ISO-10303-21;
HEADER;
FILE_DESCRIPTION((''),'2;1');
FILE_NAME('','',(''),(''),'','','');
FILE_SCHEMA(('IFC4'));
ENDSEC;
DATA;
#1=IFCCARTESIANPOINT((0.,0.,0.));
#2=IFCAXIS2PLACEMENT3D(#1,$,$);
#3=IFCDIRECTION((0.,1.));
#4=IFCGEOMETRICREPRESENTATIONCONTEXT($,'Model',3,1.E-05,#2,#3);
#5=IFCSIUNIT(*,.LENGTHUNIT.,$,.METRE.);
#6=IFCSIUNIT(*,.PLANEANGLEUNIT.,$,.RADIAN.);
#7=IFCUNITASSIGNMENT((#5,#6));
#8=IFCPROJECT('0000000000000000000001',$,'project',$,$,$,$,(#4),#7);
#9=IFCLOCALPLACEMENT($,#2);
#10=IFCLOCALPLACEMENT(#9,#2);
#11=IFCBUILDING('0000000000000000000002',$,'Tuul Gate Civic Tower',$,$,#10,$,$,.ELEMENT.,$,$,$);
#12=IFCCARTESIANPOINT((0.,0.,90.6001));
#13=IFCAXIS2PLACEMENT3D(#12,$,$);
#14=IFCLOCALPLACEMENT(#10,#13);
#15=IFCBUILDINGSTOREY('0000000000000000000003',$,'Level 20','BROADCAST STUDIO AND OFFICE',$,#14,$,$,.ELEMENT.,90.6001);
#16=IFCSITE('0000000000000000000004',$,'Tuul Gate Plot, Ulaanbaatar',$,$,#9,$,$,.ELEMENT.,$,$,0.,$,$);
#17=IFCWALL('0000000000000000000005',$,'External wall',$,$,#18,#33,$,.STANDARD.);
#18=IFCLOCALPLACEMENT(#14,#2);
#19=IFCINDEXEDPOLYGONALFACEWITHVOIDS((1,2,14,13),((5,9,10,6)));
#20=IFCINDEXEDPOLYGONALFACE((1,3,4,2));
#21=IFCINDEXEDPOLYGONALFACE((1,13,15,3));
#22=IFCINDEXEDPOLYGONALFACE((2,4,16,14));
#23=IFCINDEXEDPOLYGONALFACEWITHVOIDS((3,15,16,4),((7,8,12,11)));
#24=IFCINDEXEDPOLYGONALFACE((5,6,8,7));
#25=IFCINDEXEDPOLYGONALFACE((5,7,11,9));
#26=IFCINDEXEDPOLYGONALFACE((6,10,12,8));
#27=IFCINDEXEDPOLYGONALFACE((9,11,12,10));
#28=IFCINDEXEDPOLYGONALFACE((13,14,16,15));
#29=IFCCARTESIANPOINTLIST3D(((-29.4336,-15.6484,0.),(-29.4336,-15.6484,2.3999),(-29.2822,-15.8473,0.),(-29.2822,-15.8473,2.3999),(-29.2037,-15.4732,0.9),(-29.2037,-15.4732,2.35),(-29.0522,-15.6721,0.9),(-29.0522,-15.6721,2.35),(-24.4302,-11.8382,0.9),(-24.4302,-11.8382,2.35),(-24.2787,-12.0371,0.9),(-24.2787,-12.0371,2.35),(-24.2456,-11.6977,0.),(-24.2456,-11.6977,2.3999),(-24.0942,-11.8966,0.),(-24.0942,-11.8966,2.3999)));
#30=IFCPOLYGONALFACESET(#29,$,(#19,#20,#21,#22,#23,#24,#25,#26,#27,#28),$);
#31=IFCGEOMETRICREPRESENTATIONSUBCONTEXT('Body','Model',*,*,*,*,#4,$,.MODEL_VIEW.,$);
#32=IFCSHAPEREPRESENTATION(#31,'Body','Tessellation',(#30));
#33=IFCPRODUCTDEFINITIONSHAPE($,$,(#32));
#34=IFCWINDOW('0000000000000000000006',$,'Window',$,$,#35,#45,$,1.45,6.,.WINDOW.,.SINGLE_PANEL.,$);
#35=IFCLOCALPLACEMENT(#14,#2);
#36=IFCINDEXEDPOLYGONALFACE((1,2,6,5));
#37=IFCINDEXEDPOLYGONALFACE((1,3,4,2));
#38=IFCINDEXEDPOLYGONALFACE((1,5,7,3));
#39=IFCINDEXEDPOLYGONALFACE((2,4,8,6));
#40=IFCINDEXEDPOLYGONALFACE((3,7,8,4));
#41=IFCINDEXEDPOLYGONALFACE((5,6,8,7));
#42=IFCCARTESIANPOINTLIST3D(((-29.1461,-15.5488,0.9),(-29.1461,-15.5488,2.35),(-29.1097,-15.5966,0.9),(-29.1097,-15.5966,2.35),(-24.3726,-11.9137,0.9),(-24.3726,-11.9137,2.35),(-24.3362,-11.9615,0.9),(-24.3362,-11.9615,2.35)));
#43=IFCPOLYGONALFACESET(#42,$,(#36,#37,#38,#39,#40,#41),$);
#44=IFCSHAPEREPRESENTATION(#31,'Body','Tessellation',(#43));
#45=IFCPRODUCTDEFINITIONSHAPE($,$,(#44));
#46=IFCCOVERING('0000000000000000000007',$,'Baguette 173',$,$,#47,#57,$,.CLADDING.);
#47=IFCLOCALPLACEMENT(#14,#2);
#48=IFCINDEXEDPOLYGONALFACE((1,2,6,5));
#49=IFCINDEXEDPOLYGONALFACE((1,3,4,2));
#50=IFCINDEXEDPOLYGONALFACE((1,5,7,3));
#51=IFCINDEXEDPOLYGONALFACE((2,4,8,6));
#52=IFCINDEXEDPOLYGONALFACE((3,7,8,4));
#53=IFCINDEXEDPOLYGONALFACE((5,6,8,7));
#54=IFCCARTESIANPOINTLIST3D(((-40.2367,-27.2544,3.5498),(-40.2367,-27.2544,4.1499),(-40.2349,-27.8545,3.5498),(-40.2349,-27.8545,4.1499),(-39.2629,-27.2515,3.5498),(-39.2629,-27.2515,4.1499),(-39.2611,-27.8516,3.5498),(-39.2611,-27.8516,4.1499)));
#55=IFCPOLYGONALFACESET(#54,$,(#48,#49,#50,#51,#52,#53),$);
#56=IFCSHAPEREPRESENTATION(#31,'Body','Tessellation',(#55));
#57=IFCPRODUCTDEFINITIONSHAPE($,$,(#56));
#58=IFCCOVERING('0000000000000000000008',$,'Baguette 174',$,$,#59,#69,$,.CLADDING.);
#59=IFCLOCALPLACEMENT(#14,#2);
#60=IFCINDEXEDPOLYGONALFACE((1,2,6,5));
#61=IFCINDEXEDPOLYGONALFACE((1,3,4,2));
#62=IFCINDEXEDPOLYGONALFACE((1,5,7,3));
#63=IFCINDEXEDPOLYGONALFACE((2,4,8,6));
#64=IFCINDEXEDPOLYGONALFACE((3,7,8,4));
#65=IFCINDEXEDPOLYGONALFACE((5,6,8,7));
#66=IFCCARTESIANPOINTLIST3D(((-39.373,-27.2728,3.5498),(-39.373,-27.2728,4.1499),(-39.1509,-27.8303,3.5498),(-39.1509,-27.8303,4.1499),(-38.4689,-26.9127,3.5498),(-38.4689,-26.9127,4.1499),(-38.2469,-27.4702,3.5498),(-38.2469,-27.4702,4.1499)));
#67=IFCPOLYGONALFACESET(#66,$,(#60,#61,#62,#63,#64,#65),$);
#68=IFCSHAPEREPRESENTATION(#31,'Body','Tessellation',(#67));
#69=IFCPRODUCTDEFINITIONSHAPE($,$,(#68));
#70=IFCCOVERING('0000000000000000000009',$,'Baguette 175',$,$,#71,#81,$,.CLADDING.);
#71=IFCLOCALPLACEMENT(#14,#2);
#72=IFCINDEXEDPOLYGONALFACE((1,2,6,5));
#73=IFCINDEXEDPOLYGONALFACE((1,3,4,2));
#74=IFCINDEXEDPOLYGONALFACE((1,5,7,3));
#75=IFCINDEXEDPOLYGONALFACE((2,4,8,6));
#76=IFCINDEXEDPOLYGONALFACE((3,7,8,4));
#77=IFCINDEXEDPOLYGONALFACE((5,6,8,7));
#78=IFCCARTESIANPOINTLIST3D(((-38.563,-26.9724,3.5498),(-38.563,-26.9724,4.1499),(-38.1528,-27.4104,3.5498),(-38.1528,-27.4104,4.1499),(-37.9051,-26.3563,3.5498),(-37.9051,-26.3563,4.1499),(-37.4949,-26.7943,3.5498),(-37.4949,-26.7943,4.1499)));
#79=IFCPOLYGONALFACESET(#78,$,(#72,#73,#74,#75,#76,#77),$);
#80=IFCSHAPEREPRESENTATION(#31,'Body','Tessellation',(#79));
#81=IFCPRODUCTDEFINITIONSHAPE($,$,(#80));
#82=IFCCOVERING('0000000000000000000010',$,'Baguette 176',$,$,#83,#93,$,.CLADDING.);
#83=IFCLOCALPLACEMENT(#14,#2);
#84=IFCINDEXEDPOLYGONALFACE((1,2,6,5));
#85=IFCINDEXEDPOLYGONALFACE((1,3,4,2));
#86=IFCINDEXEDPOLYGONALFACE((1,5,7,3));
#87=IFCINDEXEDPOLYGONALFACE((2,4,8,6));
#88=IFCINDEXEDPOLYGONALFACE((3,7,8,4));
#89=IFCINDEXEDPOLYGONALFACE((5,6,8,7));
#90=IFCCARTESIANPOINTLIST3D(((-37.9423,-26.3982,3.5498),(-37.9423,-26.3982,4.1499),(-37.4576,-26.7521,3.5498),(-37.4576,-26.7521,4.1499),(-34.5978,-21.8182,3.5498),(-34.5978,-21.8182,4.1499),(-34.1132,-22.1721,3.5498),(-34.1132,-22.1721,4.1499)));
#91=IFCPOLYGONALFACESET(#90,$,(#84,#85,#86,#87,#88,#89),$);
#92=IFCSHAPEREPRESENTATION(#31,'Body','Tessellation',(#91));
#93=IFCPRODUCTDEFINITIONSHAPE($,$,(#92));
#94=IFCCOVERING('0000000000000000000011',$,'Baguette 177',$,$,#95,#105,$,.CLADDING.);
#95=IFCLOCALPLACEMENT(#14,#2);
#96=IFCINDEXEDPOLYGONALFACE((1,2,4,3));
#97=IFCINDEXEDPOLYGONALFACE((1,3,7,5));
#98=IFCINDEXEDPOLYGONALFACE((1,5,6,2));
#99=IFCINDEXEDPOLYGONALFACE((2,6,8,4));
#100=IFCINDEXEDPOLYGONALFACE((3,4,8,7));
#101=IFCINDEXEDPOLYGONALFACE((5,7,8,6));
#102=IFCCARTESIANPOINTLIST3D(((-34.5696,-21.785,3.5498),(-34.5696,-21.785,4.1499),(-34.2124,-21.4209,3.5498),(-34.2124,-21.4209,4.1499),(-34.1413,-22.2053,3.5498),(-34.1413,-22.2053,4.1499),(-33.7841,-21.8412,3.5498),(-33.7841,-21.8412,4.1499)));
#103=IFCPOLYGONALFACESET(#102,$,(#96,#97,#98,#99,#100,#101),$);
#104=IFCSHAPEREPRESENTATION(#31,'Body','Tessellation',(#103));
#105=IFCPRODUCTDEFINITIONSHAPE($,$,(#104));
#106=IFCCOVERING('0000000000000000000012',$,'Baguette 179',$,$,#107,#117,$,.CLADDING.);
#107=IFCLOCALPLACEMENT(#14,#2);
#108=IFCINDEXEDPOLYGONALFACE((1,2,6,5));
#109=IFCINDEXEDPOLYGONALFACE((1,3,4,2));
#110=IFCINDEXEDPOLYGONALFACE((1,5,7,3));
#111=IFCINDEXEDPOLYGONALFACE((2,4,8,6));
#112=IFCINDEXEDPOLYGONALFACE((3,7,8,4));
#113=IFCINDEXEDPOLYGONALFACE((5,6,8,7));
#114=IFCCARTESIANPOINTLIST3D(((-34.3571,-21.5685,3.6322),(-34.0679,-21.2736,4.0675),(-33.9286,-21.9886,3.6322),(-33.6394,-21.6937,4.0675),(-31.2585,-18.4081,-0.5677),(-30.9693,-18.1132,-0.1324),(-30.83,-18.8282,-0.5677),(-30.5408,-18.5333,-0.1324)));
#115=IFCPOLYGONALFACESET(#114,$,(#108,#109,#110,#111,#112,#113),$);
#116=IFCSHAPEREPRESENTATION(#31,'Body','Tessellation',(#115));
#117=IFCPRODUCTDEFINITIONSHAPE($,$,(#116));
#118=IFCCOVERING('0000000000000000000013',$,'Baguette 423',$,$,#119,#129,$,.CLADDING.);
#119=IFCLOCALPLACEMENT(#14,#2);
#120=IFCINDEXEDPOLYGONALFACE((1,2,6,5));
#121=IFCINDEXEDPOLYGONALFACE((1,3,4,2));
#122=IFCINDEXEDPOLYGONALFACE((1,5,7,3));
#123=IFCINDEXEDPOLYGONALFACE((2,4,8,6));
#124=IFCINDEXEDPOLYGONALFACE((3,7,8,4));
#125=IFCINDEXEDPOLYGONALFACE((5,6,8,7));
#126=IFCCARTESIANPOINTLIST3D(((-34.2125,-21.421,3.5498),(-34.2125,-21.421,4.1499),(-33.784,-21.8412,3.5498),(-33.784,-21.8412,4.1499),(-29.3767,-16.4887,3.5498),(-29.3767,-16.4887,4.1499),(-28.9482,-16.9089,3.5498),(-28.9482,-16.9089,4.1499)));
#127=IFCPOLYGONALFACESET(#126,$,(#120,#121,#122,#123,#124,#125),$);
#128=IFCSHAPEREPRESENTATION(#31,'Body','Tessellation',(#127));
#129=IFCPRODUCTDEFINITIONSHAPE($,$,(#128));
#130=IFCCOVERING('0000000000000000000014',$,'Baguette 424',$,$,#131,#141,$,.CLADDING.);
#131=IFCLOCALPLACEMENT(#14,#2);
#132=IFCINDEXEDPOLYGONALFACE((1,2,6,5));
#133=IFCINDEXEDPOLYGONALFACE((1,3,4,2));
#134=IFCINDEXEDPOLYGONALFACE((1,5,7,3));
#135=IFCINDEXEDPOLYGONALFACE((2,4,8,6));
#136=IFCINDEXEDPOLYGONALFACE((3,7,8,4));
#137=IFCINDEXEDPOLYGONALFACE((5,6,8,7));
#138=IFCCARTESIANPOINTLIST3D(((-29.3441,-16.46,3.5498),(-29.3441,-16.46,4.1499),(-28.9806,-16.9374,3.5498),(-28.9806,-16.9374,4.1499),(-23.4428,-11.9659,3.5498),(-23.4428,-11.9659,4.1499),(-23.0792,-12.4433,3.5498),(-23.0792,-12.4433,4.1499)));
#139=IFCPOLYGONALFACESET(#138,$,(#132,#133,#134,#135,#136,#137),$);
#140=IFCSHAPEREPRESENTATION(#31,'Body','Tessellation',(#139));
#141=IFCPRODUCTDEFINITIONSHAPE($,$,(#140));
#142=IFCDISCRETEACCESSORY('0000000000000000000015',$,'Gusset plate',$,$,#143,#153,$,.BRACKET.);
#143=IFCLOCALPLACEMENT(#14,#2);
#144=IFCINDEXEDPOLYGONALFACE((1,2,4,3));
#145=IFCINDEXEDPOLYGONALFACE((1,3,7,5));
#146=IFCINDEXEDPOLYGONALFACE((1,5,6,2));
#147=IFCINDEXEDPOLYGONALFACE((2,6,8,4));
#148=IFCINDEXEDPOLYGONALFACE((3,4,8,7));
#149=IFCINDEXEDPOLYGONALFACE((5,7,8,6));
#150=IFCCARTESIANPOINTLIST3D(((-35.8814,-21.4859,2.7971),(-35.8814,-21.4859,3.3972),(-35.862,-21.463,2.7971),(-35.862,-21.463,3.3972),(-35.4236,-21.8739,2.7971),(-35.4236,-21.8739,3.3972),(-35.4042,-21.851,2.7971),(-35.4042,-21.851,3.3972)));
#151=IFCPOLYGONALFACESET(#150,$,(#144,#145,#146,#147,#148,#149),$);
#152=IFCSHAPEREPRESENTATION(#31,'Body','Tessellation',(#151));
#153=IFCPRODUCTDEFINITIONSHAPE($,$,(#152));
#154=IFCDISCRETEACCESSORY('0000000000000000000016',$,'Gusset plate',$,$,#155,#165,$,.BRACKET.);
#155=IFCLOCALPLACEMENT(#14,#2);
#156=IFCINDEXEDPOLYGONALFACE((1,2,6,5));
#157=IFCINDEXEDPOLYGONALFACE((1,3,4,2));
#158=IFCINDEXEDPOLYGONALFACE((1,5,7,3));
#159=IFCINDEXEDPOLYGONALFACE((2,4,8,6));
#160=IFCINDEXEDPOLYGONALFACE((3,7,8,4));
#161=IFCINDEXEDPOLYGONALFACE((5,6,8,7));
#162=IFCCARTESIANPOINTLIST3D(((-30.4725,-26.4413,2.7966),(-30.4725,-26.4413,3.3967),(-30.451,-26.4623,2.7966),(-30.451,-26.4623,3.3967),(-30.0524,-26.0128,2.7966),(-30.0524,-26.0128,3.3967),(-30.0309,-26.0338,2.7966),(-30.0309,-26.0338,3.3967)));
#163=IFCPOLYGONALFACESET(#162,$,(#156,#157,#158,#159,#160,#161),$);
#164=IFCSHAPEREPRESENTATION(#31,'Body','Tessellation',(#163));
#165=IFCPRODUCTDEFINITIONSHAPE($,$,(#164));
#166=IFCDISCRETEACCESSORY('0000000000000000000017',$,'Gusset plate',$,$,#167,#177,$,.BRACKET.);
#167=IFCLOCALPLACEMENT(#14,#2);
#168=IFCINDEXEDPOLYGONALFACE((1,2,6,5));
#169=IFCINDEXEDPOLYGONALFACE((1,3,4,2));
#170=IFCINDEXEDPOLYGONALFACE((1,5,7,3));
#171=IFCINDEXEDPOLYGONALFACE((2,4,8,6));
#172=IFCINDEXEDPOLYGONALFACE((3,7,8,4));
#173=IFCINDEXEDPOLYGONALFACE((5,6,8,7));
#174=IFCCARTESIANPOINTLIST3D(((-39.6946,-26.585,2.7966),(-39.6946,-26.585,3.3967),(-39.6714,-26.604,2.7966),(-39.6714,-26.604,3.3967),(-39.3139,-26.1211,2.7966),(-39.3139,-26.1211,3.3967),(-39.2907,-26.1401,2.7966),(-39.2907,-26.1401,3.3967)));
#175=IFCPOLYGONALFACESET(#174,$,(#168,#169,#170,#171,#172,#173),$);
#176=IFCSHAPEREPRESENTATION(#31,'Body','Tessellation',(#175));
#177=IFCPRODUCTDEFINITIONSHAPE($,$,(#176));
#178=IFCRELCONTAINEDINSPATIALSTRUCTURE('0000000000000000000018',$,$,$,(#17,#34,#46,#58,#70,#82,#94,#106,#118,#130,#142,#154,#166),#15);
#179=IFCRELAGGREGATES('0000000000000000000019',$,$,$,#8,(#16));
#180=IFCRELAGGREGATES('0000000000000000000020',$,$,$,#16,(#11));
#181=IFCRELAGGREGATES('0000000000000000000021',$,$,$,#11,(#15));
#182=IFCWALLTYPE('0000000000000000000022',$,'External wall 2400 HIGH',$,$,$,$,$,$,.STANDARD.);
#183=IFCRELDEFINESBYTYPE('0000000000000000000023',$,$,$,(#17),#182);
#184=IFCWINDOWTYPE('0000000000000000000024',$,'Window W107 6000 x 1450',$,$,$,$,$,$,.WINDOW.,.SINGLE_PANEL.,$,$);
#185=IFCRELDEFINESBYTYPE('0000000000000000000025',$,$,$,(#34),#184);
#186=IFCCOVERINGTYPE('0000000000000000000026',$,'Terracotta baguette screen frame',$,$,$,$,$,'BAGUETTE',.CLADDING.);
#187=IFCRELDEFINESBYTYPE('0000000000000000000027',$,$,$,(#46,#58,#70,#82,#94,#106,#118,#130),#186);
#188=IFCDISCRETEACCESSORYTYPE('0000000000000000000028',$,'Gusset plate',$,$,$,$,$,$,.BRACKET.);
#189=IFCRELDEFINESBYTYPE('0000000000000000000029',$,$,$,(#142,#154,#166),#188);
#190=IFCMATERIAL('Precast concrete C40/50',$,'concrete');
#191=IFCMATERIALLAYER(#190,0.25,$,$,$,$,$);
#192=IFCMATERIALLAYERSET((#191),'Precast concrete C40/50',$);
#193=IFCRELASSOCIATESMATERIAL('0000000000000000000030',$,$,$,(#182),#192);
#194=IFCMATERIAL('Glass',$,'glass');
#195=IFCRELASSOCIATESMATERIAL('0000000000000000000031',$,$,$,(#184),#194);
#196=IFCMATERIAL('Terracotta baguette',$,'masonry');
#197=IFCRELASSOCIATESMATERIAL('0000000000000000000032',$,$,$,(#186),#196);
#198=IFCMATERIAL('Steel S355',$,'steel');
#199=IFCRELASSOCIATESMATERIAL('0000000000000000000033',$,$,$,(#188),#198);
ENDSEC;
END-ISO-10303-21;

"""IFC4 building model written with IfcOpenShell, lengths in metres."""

from ifc_helpers import new_model, si_unit, direction, frame, frame_2d, origin, origin_2d, place, context, subcontext, project, spatial, rectangle, extrude, material, layer, layer_set, material_profile, profile_set, type_object, element, fill, save


model = new_model("IFC4")

# Units and contexts
model_context = context("Model", 3, precision=1e-05, world=origin(), true_north=direction((0.0, 1.0)))
body_context = subcontext(model_context, "Body", "Model", "MODEL_VIEW")
ifc_project = project(units=[si_unit("LENGTHUNIT", "METRE"), si_unit("PLANEANGLEUNIT", "RADIAN")], contexts=[model_context])

# Site, building, storey
site_placement = place(None, origin())
site = spatial("IfcSite", under=ifc_project, at=site_placement, Name="Tuul Gate Plot, Ulaanbaatar", CompositionType="ELEMENT", RefElevation=0.0)
building_placement = place(site_placement, origin())
building = spatial("IfcBuilding", under=site, at=building_placement, Name="Tuul Gate Civic Tower", CompositionType="ELEMENT")
storey_placement = place(building_placement, frame((0.0, 0.0, 90.6001)))
storey = spatial("IfcBuildingStorey", under=building, at=storey_placement, Name="Level 20", Description="BROADCAST STUDIO AND OFFICE", CompositionType="ELEMENT", Elevation=90.6001)

# Wall, opening, window
ifc_material_1 = material(Name="Precast concrete C40/50", Category="concrete")
ifc_layer_1 = layer(ifc_material_1, 0.25)
ifc_layer_set_1 = layer_set([ifc_layer_1], Name="Precast concrete C40/50")
wall_type_1 = type_object("IfcWallType", Name="External wall 2400 HIGH", PredefinedType="STANDARD", material=ifc_layer_set_1)
ifc_material_2 = material(Name="Glass", Category="glass")
window_type_1 = type_object("IfcWindowType", Name="Window W107 6000 x 1450", PartitioningType="SINGLE_PANEL", PredefinedType="WINDOW", material=ifc_material_2)
wall_1_placement = place(storey_placement, frame((-29.3579, -15.7478, 0.0), z_axis=(0.0, 0.0, 1.0), x_axis=(0.795585, 0.605842, 0.0)))
wall_1 = element("IfcWall", 1, at=wall_1_placement, inside=storey, type_object=wall_type_1, Name="External wall", PredefinedType="STANDARD", context=body_context, shape_type="SweptSolid", body=[
    extrude(rectangle(XDim=6.521, YDim=0.25, at=frame_2d((3.2605, 0.0))), origin(), (0.0, 0.0, 1.0), 2.3999),
])
opening_1_placement = place(wall_1_placement, frame((0.2891, 0.0, 0.8999)))
opening_1 = element("IfcOpeningElement", 2, at=opening_1_placement, cuts=wall_1, PredefinedType="OPENING", context=body_context, shape_type="SweptSolid", body=[
    extrude(rectangle(XDim=6.0, YDim=1.45, at=frame_2d((3.0, 0.7251))), frame((0.0, 0.135, 0.0), z_axis=(0.0, -1.0, 0.0), x_axis=(1.0, 0.0, 0.0)), (0.0, 0.0, 1.0), 0.27),
])
window_1_placement = place(opening_1_placement, origin())
window_1 = element("IfcWindow", 3, at=window_1_placement, inside=storey, type_object=window_type_1, Name="Window", OverallHeight=1.45, OverallWidth=6.0, PartitioningType="SINGLE_PANEL", PredefinedType="WINDOW", context=body_context, shape_type="SweptSolid", body=[
    extrude(rectangle(XDim=6.0, YDim=1.45, at=frame_2d((3.0, 0.7251))), frame((0.0, 0.03, 0.0), z_axis=(0.0, -1.0, 0.0), x_axis=(1.0, 0.0, 0.0)), (0.0, 0.0, 1.0), 0.0601),
])
fill(opening_1, window_1)

# Coverings
ifc_material_3 = material(Name="Terracotta baguette", Category="masonry")
ifc_material_profile_1 = material_profile(ifc_material_3, rectangle(XDim=0.6001, YDim=0.6001, at=origin_2d()), Name="Terracotta baguette screen frame")
ifc_profile_set_1 = profile_set([ifc_material_profile_1], Name="Terracotta baguette")
covering_type = type_object("IfcCoveringType", Name="Terracotta baguette screen frame", ElementType="BAGUETTE", PredefinedType="CLADDING", material=ifc_profile_set_1)
covering_1_placement = place(storey_placement, frame((-40.2358, -27.5544, 3.8499), z_axis=(0.999995, 0.003008, 0.0), x_axis=(-0.003008, 0.999995, 0.0)))
element("IfcCovering", 4, at=covering_1_placement, inside=storey, type_object=covering_type, Name="Baguette 173", PredefinedType="CLADDING", context=body_context, shape_type="SweptSolid", body=[
    extrude(rectangle(XDim=0.6001, YDim=0.6001, at=origin_2d()), origin(), (0.0, 0.0, 1.0), 0.9739),
])
covering_2_placement = place(storey_placement, frame((-39.262, -27.5515, 3.8499), z_axis=(0.929012, 0.370049, 0.0), x_axis=(-0.370049, 0.929012, 0.0)))
element("IfcCovering", 5, at=covering_2_placement, inside=storey, type_object=covering_type, Name="Baguette 174", PredefinedType="CLADDING", context=body_context, shape_type="SweptSolid", body=[
    extrude(rectangle(XDim=0.6001, YDim=0.6001, at=origin_2d()), origin(), (0.0, 0.0, 1.0), 0.9731),
])
covering_3_placement = place(storey_placement, frame((-38.3579, -27.1914, 3.8499), z_axis=(0.729883, 0.683572, 0.0), x_axis=(-0.683572, 0.729883, 0.0)))
element("IfcCovering", 6, at=covering_3_placement, inside=storey, type_object=covering_type, Name="Baguette 175", PredefinedType="CLADDING", context=body_context, shape_type="SweptSolid", body=[
    extrude(rectangle(XDim=0.6001, YDim=0.6001, at=origin_2d()), origin(), (0.0, 0.0, 1.0), 0.9014),
])
covering_4_placement = place(storey_placement, frame((-37.7, -26.5752, 3.8499), z_axis=(0.589729, 0.807601, 0.0), x_axis=(-0.807601, 0.589729, 0.0)))
element("IfcCovering", 7, at=covering_4_placement, inside=storey, type_object=covering_type, Name="Baguette 176", PredefinedType="CLADDING", context=body_context, shape_type="SweptSolid", body=[
    extrude(rectangle(XDim=0.6001, YDim=0.6001, at=origin_2d()), origin(), (0.0, 0.0, 1.0), 5.6711),
])
covering_5_placement = place(storey_placement, frame((-34.3555, -21.9951, 3.8499), z_axis=(0.700373, 0.713777, 0.0), x_axis=(-0.713777, 0.700373, 0.0)))
element("IfcCovering", 8, at=covering_5_placement, inside=storey, type_object=covering_type, Name="Baguette 177", PredefinedType="CLADDING", context=body_context, shape_type="SweptSolid", body=[
    extrude(rectangle(XDim=0.6001, YDim=0.6001, at=origin_2d()), origin(), (0.0, 0.0, 1.0), 0.51),
])
covering_6_placement = place(storey_placement, frame((-33.9983, -21.6311, 3.8499), z_axis=(0.507841, 0.517964, -0.688339), x_axis=(-0.71405, 0.700095, 0.0)))
element("IfcCovering", 9, at=covering_6_placement, inside=storey, type_object=covering_type, Name="Baguette 179", PredefinedType="CLADDING", context=body_context, shape_type="SweptSolid", body=[
    extrude(rectangle(XDim=0.6001, YDim=0.6001, at=origin_2d()), origin(), (0.0, 0.0, 1.0), 6.1016),
])
covering_7_placement = place(storey_placement, frame((-33.9983, -21.6311, 3.8499), z_axis=(0.700092, 0.714053, 0.0), x_axis=(-0.714053, 0.700092, 0.0)))
element("IfcCovering", 10, at=covering_7_placement, inside=storey, type_object=covering_type, Name="Baguette 423", PredefinedType="CLADDING", context=body_context, shape_type="SweptSolid", body=[
    extrude(rectangle(XDim=0.6001, YDim=0.6001, at=origin_2d()), origin(), (0.0, 0.0, 1.0), 6.9075),
])
covering_8_placement = place(storey_placement, frame((-29.1624, -16.6987, 3.8499), z_axis=(0.795571, 0.605861, 0.0), x_axis=(-0.605861, 0.795571, 0.0)))
element("IfcCovering", 11, at=covering_8_placement, inside=storey, type_object=covering_type, Name="Baguette 424", PredefinedType="CLADDING", context=body_context, shape_type="SweptSolid", body=[
    extrude(rectangle(XDim=0.6001, YDim=0.6001, at=origin_2d()), origin(), (0.0, 0.0, 1.0), 7.4177),
])

# Discrete accessories
ifc_material_4 = material(Name="Steel S355", Category="steel")
discrete_accessory_type = type_object("IfcDiscreteAccessoryType", Name="Gusset plate", PredefinedType="BRACKET", material=ifc_material_4)
for number, where, z_axis, x_axis, name in (
    (12, (-35.6428, -21.6685, 2.7971), (0.0, 0.0, 1.0), (-0.762825, 0.646605, 0.0), "Gusset plate"),
    (13, (-30.2517, -26.2375, 2.7966), (0.0, 0.0, 1.0), (0.700024, 0.714119, 0.0), "Gusset plate"),
    (14, (-39.4927, -26.3625, 2.7966), (0.0, 0.0, 1.0), (0.6344, 0.773005, 0.0), "Gusset plate"),
):
    element("IfcDiscreteAccessory", number, at=place(storey_placement, frame(where, z_axis=z_axis, x_axis=x_axis)), inside=storey, type_object=discrete_accessory_type, Name=name, PredefinedType="BRACKET", context=body_context, shape_type="SweptSolid", body=[
        extrude(rectangle(XDim=0.6001, YDim=0.03, at=origin_2d()), origin(), (0.0, 0.0, 1.0), 0.6001),
    ])

save(model, "model.ifc")
